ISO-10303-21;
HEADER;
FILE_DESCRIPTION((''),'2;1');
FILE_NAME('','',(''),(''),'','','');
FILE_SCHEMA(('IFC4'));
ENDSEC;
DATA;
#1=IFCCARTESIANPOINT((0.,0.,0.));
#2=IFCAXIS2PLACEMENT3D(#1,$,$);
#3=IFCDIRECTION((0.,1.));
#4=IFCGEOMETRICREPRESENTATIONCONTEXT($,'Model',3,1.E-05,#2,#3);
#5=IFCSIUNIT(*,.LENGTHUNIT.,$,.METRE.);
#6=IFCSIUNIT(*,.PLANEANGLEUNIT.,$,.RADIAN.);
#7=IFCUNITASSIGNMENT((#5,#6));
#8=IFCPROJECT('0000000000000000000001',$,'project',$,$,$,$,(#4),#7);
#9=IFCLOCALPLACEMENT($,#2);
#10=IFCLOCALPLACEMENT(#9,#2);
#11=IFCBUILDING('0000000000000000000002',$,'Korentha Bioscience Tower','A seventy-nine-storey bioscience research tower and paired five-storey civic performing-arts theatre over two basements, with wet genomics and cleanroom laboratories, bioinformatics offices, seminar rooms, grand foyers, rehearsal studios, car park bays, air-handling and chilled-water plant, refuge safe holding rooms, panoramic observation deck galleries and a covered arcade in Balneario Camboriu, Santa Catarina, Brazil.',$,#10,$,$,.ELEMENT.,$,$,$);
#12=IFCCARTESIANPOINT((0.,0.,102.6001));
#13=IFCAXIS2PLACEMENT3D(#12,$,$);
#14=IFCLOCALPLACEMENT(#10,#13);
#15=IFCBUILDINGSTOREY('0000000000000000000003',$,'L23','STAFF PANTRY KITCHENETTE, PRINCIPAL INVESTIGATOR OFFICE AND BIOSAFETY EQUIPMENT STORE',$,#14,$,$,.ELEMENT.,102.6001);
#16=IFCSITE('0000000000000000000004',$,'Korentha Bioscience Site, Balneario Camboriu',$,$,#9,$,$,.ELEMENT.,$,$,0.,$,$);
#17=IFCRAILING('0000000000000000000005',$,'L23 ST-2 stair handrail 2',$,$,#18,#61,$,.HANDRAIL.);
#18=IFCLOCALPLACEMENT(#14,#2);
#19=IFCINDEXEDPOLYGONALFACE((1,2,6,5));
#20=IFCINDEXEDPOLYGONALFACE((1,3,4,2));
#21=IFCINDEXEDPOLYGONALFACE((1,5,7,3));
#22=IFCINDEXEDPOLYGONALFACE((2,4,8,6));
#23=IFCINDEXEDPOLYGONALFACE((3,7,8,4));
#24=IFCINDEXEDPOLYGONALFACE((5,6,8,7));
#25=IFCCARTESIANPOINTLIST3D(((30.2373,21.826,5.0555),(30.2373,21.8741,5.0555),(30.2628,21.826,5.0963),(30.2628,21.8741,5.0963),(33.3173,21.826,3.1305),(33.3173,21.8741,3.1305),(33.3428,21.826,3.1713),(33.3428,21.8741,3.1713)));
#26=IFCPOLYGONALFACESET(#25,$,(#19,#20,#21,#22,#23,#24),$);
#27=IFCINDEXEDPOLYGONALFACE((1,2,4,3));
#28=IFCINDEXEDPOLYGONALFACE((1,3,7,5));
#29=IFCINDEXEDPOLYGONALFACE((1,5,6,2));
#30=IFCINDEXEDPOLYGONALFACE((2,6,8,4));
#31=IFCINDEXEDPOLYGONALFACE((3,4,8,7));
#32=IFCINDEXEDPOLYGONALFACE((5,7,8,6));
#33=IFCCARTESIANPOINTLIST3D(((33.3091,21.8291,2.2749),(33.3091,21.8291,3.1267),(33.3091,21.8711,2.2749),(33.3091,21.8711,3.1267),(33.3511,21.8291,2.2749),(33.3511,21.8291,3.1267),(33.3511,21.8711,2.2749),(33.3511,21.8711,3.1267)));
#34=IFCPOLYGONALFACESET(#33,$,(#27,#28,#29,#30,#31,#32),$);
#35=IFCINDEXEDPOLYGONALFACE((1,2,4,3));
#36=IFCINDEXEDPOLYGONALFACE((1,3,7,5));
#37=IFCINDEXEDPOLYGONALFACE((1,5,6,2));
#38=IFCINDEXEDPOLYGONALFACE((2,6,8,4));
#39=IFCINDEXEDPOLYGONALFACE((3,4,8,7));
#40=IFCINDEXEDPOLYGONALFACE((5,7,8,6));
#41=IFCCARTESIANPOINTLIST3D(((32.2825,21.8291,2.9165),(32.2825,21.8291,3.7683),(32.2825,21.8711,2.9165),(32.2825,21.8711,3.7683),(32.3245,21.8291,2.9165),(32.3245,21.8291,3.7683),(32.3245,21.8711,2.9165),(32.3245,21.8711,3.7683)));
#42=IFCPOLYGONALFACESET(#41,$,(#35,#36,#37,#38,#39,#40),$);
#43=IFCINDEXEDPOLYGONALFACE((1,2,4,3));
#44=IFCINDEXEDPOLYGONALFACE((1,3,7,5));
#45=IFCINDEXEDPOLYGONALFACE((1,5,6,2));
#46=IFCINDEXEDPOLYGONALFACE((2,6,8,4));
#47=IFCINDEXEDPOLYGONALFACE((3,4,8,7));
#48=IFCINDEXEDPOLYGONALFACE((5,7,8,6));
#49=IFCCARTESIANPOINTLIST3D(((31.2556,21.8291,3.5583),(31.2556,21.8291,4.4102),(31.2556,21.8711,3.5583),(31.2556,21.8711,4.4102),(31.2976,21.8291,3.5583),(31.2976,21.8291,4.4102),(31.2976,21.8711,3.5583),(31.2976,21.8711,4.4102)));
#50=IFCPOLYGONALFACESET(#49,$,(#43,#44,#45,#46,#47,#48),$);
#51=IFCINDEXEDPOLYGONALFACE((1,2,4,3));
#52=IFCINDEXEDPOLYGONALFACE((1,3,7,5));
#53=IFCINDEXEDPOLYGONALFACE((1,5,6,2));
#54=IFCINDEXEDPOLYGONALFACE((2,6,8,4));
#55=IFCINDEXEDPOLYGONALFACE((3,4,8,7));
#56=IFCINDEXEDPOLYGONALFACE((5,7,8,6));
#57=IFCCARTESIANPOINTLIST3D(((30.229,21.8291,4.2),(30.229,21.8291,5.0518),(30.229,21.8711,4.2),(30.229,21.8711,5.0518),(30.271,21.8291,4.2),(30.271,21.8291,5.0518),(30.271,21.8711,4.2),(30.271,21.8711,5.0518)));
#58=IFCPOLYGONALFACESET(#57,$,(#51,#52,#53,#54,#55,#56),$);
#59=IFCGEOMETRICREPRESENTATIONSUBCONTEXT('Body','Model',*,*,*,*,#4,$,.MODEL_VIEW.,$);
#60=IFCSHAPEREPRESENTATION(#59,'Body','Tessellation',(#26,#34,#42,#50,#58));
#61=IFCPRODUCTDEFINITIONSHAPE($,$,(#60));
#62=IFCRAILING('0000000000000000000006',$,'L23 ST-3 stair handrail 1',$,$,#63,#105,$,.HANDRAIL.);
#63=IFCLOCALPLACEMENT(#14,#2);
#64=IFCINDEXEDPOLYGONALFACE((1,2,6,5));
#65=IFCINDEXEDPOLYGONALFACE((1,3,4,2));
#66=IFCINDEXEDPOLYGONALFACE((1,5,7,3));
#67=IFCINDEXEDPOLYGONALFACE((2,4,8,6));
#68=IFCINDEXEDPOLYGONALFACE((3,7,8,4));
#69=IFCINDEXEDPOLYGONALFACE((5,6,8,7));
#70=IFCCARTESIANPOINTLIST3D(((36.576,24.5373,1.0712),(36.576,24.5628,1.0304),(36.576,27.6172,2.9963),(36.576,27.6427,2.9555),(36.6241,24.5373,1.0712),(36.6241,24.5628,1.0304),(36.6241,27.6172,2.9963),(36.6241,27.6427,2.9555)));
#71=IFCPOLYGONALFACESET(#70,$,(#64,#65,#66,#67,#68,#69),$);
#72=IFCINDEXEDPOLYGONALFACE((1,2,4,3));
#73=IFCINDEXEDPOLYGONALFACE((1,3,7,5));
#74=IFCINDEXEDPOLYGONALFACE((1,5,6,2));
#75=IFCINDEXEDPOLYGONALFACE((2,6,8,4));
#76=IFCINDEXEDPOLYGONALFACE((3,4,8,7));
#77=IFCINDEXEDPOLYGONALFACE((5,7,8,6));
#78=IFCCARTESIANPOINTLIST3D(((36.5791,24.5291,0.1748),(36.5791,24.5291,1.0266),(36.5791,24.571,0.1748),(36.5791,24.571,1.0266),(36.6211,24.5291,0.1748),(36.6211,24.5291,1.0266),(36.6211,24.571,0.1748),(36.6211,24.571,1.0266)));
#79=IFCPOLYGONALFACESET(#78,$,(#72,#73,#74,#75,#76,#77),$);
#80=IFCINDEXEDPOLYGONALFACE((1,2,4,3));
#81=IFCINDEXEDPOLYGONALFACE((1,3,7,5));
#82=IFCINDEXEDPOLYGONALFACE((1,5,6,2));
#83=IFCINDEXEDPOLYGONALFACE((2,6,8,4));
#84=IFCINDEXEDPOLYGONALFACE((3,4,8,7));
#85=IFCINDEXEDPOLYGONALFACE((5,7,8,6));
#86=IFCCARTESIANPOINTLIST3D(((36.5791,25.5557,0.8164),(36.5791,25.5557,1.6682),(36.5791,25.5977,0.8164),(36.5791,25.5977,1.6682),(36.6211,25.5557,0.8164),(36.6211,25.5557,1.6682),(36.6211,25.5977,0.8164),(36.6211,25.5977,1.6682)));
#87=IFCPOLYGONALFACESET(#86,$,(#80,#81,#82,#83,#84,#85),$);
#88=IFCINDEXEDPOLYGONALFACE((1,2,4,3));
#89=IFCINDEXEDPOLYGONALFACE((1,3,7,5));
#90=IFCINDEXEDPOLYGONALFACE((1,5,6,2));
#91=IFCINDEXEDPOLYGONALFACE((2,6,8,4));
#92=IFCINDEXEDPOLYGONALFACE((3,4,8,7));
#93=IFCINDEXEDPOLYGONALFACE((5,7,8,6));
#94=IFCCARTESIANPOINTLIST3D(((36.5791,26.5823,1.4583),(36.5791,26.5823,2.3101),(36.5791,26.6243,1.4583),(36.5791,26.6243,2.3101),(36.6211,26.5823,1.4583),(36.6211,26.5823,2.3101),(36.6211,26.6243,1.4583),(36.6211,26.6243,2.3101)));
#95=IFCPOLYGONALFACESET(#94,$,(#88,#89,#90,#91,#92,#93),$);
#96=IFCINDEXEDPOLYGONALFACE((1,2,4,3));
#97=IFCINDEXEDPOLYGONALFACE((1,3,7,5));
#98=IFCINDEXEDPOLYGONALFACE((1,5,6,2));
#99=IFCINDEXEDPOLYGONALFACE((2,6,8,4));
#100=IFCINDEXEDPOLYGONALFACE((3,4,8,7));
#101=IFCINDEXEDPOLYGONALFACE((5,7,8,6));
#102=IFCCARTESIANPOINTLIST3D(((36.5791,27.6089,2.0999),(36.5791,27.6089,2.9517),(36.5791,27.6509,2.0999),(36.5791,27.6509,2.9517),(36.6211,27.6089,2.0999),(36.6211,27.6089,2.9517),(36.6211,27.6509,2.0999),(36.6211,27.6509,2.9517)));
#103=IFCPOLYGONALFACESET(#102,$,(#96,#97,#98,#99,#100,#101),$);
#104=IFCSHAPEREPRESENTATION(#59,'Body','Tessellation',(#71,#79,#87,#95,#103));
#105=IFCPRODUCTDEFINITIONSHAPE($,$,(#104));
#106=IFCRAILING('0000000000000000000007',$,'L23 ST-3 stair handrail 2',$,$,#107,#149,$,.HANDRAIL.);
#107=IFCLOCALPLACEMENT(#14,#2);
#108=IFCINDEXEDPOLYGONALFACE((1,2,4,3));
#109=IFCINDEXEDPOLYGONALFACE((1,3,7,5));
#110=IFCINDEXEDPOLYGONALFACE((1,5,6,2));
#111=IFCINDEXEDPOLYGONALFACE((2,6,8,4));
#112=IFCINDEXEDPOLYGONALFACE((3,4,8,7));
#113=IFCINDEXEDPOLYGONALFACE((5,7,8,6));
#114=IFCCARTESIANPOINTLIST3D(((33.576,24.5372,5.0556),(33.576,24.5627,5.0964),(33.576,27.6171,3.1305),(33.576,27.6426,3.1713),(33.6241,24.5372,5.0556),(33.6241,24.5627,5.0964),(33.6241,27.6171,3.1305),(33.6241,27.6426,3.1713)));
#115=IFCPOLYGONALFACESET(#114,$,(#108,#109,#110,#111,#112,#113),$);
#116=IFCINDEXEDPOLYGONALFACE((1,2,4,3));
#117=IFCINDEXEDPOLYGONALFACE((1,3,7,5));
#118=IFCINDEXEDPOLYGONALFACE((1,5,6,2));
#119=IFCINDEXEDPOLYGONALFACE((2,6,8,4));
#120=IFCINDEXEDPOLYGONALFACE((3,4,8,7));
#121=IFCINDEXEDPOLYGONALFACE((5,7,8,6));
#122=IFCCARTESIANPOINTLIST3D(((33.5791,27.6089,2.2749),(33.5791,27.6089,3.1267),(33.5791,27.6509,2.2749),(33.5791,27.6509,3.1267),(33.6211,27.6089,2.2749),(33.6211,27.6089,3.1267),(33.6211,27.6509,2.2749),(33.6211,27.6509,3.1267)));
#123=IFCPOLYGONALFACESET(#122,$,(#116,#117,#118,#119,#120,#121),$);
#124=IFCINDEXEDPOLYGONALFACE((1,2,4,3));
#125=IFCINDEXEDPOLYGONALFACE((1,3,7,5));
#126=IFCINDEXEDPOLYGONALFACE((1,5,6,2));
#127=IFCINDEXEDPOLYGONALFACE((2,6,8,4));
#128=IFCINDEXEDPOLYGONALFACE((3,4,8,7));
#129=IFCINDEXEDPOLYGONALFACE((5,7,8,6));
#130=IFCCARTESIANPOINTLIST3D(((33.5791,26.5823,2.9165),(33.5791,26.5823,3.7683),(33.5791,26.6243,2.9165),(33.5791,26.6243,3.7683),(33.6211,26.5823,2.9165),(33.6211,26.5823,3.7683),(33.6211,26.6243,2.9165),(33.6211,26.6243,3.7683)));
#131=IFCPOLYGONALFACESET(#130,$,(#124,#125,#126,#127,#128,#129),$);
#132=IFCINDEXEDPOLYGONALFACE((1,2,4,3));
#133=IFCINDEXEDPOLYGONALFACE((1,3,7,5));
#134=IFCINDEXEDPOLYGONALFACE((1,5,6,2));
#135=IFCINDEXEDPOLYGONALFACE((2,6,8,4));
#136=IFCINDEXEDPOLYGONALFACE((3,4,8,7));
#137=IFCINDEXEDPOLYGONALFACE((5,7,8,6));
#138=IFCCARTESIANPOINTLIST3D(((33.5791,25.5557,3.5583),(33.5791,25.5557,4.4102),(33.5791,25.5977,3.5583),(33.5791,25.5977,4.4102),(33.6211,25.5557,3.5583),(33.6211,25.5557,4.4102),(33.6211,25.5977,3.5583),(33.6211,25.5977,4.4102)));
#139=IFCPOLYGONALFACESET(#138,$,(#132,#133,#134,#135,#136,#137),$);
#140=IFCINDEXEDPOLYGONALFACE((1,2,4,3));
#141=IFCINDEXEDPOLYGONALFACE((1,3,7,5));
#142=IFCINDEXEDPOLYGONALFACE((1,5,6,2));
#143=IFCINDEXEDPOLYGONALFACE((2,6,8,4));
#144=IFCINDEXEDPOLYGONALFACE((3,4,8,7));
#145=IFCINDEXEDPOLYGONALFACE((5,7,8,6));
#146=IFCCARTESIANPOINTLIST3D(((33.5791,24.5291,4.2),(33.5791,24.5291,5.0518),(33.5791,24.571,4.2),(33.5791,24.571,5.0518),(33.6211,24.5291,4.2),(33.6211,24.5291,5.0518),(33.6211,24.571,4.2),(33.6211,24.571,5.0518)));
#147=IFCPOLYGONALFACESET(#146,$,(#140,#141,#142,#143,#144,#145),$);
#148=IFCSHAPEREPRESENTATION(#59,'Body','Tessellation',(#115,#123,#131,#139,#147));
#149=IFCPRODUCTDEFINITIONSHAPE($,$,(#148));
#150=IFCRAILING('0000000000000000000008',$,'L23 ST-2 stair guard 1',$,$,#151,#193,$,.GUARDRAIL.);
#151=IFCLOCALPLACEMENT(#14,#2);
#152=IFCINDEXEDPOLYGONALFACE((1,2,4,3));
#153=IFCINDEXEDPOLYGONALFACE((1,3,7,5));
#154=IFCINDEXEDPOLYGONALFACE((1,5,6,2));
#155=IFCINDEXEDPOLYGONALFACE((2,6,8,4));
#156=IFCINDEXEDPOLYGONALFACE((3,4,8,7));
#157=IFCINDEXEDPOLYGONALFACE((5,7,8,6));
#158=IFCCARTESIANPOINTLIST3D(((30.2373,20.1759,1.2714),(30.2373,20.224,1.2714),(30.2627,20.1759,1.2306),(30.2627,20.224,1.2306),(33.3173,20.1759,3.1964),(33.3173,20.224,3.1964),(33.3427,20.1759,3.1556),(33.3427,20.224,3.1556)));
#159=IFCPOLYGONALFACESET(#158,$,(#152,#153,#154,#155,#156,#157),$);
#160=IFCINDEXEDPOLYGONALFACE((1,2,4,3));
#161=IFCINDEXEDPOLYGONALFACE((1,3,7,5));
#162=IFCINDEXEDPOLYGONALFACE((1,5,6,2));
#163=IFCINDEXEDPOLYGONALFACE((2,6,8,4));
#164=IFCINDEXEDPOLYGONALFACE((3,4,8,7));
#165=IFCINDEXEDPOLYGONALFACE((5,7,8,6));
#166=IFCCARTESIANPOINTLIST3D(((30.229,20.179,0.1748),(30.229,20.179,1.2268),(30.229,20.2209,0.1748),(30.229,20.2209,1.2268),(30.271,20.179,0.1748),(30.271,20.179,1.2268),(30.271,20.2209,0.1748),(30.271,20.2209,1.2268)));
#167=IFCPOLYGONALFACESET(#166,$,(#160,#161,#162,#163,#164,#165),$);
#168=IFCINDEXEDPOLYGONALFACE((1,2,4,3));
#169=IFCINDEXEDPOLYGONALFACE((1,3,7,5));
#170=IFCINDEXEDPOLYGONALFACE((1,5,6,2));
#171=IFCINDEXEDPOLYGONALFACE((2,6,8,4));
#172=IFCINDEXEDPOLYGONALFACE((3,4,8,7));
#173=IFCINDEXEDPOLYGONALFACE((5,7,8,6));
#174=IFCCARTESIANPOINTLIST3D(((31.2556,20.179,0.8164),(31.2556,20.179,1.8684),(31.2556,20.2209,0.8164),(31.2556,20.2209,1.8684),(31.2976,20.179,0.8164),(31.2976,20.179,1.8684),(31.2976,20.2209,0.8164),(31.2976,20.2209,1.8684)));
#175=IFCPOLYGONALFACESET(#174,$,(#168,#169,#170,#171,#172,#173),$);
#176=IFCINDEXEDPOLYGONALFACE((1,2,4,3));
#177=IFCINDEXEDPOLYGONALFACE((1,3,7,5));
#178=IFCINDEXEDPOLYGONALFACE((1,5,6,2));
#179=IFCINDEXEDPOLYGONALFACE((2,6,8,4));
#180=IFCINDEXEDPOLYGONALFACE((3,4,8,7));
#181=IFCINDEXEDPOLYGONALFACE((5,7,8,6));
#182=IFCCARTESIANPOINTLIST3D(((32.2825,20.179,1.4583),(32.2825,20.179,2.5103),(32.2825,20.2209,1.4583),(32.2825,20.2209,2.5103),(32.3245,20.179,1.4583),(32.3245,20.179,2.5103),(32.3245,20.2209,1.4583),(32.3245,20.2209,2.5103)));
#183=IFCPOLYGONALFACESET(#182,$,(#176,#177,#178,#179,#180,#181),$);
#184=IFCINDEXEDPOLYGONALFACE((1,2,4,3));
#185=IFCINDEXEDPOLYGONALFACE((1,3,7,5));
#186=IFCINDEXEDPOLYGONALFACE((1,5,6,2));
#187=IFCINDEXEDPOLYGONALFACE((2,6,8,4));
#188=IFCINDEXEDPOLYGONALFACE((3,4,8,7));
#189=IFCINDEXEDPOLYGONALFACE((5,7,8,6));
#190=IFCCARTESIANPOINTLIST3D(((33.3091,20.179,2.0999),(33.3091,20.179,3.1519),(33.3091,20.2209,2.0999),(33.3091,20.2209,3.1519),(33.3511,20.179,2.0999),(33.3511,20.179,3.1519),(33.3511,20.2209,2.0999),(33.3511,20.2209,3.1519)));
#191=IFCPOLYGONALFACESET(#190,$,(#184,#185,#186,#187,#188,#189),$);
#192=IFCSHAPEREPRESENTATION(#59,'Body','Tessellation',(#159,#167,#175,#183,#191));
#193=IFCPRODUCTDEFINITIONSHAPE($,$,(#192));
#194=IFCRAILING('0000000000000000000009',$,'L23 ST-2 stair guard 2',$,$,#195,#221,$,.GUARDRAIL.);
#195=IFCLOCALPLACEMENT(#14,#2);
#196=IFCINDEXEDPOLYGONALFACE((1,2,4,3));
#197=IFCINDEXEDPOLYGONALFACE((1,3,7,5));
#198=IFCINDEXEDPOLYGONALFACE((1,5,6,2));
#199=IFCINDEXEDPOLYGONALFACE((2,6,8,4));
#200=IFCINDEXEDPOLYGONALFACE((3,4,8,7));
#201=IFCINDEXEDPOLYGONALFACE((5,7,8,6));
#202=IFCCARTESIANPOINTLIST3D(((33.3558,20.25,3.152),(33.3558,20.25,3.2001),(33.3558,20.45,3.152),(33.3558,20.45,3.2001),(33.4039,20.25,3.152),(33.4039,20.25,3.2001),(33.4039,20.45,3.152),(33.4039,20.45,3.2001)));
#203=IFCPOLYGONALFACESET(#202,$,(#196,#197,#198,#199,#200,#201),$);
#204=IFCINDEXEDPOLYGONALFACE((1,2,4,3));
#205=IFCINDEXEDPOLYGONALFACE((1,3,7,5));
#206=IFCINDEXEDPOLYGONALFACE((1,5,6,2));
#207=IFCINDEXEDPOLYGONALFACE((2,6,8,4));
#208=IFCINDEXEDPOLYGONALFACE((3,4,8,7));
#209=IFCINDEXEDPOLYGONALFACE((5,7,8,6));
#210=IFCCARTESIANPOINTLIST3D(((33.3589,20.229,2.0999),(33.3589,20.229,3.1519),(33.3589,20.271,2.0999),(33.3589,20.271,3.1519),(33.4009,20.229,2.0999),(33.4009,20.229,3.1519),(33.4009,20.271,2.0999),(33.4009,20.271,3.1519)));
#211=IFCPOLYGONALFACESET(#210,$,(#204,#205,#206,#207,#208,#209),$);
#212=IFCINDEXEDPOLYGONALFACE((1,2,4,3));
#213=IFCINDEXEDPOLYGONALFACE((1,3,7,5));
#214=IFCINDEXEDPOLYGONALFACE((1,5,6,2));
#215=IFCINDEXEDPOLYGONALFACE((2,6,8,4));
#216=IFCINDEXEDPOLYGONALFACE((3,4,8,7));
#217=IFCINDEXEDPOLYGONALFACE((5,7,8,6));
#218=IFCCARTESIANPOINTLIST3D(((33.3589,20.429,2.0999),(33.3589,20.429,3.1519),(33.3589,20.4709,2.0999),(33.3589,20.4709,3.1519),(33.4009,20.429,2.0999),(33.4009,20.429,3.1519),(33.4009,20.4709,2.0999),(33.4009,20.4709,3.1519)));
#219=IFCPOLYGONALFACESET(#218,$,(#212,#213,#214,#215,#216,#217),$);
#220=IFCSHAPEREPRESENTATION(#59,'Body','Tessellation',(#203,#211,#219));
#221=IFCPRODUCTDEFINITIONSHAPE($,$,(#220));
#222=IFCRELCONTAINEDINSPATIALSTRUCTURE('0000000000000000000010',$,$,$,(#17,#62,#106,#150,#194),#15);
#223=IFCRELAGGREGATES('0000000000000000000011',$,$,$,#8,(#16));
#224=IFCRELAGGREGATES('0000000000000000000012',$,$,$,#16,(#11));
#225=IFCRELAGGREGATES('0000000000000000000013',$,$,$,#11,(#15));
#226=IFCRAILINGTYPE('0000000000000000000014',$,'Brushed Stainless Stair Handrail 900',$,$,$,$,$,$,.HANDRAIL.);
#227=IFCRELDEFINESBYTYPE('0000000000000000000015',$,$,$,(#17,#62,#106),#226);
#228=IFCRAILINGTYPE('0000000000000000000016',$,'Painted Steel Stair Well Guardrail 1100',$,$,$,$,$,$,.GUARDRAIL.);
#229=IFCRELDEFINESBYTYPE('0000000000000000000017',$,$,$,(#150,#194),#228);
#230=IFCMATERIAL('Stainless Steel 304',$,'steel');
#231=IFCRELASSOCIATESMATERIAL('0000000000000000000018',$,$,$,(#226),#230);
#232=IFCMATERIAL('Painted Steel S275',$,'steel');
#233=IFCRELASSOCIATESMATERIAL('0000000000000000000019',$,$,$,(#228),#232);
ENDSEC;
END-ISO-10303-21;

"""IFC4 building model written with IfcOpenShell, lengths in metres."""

from ifc_helpers import new_model, si_unit, direction, frame, origin, origin_2d, place, context, subcontext, project, spatial, rectangle, extrude, material, type_object, element, save


model = new_model("IFC4")

# Units and contexts
model_context = context("Model", 3, precision=1e-05, world=origin(), true_north=direction((0.0, 1.0)))
body_context = subcontext(model_context, "Body", "Model", "MODEL_VIEW")
ifc_project = project(units=[si_unit("LENGTHUNIT", "METRE"), si_unit("PLANEANGLEUNIT", "RADIAN")], contexts=[model_context])

# Site, building, storey
site_placement = place(None, origin())
site = spatial("IfcSite", under=ifc_project, at=site_placement, Name="Korentha Bioscience Site, Balneario Camboriu", CompositionType="ELEMENT", RefElevation=0.0)
building_placement = place(site_placement, origin())
building = spatial("IfcBuilding", under=site, at=building_placement, Name="Korentha Bioscience Tower", Description="A seventy-nine-storey bioscience research tower and paired five-storey civic performing-arts theatre over two basements, with wet genomics and cleanroom laboratories, bioinformatics offices, seminar rooms, grand foyers, rehearsal studios, car park bays, air-handling and chilled-water plant, refuge safe holding rooms, panoramic observation deck galleries and a covered arcade in Balneario Camboriu, Santa Catarina, Brazil.", CompositionType="ELEMENT")
storey_placement = place(building_placement, frame((0.0, 0.0, 102.6001)))
storey = spatial("IfcBuildingStorey", under=building, at=storey_placement, Name="L23", Description="STAFF PANTRY KITCHENETTE, PRINCIPAL INVESTIGATOR OFFICE AND BIOSAFETY EQUIPMENT STORE", CompositionType="ELEMENT", Elevation=102.6001)

# Railings
ifc_material_1 = material(Name="Stainless Steel 304", Category="steel")
railing_type_1 = type_object("IfcRailingType", Name="Brushed Stainless Stair Handrail 900", PredefinedType="HANDRAIL", material=ifc_material_1)
railing_1_placement = place(storey_placement, frame((33.3301, 21.8501, 2.2749)))
element("IfcRailing", 1, at=railing_1_placement, inside=storey, type_object=railing_type_1, Name="L23 ST-2 stair handrail 2", PredefinedType="HANDRAIL", context=body_context, shape_type="SweptSolid", body=[
    extrude(rectangle(XDim=0.0481, YDim=0.0481, at=origin_2d()), frame((0.0, 0.0, 0.876), z_axis=(-0.847998, 0.0, 0.529999), x_axis=(0.0, -1.0, 0.0)), (0.0, 0.0, 1.0), 3.6321),
    extrude(rectangle(XDim=0.042, YDim=0.042, at=origin_2d()), origin(), (0.0, 0.0, 1.0), 0.8518),
    extrude(rectangle(XDim=0.042, YDim=0.042, at=origin_2d()), frame((-1.0266, 0.0, 0.6416)), (0.0, 0.0, 1.0), 0.8518),
    extrude(rectangle(XDim=0.042, YDim=0.042, at=origin_2d()), frame((-2.0535, 0.0, 1.2834)), (0.0, 0.0, 1.0), 0.8518),
    extrude(rectangle(XDim=0.042, YDim=0.042, at=origin_2d()), frame((-3.0801, 0.0, 1.925)), (0.0, 0.0, 1.0), 0.8518),
])
railing_2_placement = place(storey_placement, frame((36.6001, 24.55, 0.1748)))
element("IfcRailing", 2, at=railing_2_placement, inside=storey, type_object=railing_type_1, Name="L23 ST-3 stair handrail 1", PredefinedType="HANDRAIL", context=body_context, shape_type="SweptSolid", body=[
    extrude(rectangle(XDim=0.0481, YDim=0.0481, at=origin_2d()), frame((0.0, 0.0, 0.876), z_axis=(0.0, 0.847979, 0.530029), x_axis=(-1.0, 0.0, 0.0)), (0.0, 0.0, 1.0), 3.6321),
    extrude(rectangle(XDim=0.042, YDim=0.042, at=origin_2d()), origin(), (0.0, 0.0, 1.0), 0.8518),
    extrude(rectangle(XDim=0.042, YDim=0.042, at=origin_2d()), frame((0.0, 1.0266, 0.6416)), (0.0, 0.0, 1.0), 0.8518),
    extrude(rectangle(XDim=0.042, YDim=0.042, at=origin_2d()), frame((0.0, 2.0532, 1.2834)), (0.0, 0.0, 1.0), 0.8518),
    extrude(rectangle(XDim=0.042, YDim=0.042, at=origin_2d()), frame((0.0, 3.0798, 1.925)), (0.0, 0.0, 1.0), 0.8518),
])
railing_3_placement = place(storey_placement, frame((33.6001, 27.6299, 2.2749)))
element("IfcRailing", 3, at=railing_3_placement, inside=storey, type_object=railing_type_1, Name="L23 ST-3 stair handrail 2", PredefinedType="HANDRAIL", context=body_context, shape_type="SweptSolid", body=[
    extrude(rectangle(XDim=0.0481, YDim=0.0481, at=origin_2d()), frame((0.0, 0.0, 0.876), z_axis=(0.0, -0.847979, 0.530029), x_axis=(1.0, 0.0, 0.0)), (0.0, 0.0, 1.0), 3.6321),
    extrude(rectangle(XDim=0.042, YDim=0.042, at=origin_2d()), origin(), (0.0, 0.0, 1.0), 0.8518),
    extrude(rectangle(XDim=0.042, YDim=0.042, at=origin_2d()), frame((0.0, -1.0266, 0.6416)), (0.0, 0.0, 1.0), 0.8518),
    extrude(rectangle(XDim=0.042, YDim=0.042, at=origin_2d()), frame((0.0, -2.0532, 1.2834)), (0.0, 0.0, 1.0), 0.8518),
    extrude(rectangle(XDim=0.042, YDim=0.042, at=origin_2d()), frame((0.0, -3.0798, 1.925)), (0.0, 0.0, 1.0), 0.8518),
])
ifc_material_2 = material(Name="Painted Steel S275", Category="steel")
railing_type_2 = type_object("IfcRailingType", Name="Painted Steel Stair Well Guardrail 1100", PredefinedType="GUARDRAIL", material=ifc_material_2)
railing_4_placement = place(storey_placement, frame((30.25, 20.2, 0.1748)))
element("IfcRailing", 4, at=railing_4_placement, inside=storey, type_object=railing_type_2, Name="L23 ST-2 stair guard 1", PredefinedType="GUARDRAIL", context=body_context, shape_type="SweptSolid", body=[
    extrude(rectangle(XDim=0.0481, YDim=0.0481, at=origin_2d()), frame((0.0, 0.0, 1.0762), z_axis=(0.847998, 0.0, 0.529999), x_axis=(0.0, 1.0, 0.0)), (0.0, 0.0, 1.0), 3.6321),
    extrude(rectangle(XDim=0.042, YDim=0.042, at=origin_2d()), origin(), (0.0, 0.0, 1.0), 1.052),
    extrude(rectangle(XDim=0.042, YDim=0.042, at=origin_2d()), frame((1.0266, 0.0, 0.6416)), (0.0, 0.0, 1.0), 1.052),
    extrude(rectangle(XDim=0.042, YDim=0.042, at=origin_2d()), frame((2.0535, 0.0, 1.2834)), (0.0, 0.0, 1.0), 1.052),
    extrude(rectangle(XDim=0.042, YDim=0.042, at=origin_2d()), frame((3.0801, 0.0, 1.925)), (0.0, 0.0, 1.0), 1.052),
])
railing_5_placement = place(storey_placement, frame((33.3799, 20.25, 2.0999)))
element("IfcRailing", 5, at=railing_5_placement, inside=storey, type_object=railing_type_2, Name="L23 ST-2 stair guard 2", PredefinedType="GUARDRAIL", context=body_context, shape_type="SweptSolid", body=[
    extrude(rectangle(XDim=0.0481, YDim=0.0481, at=origin_2d()), frame((0.0, 0.0, 1.0762), z_axis=(0.0, 1.0, 0.0), x_axis=(-1.0, 0.0, 0.0)), (0.0, 0.0, 1.0), 0.2),
    extrude(rectangle(XDim=0.042, YDim=0.042, at=origin_2d()), origin(), (0.0, 0.0, 1.0), 1.052),
    extrude(rectangle(XDim=0.042, YDim=0.042, at=origin_2d()), frame((0.0, 0.2, 0.0)), (0.0, 0.0, 1.0), 1.052),
])

save(model, "model.ifc")
